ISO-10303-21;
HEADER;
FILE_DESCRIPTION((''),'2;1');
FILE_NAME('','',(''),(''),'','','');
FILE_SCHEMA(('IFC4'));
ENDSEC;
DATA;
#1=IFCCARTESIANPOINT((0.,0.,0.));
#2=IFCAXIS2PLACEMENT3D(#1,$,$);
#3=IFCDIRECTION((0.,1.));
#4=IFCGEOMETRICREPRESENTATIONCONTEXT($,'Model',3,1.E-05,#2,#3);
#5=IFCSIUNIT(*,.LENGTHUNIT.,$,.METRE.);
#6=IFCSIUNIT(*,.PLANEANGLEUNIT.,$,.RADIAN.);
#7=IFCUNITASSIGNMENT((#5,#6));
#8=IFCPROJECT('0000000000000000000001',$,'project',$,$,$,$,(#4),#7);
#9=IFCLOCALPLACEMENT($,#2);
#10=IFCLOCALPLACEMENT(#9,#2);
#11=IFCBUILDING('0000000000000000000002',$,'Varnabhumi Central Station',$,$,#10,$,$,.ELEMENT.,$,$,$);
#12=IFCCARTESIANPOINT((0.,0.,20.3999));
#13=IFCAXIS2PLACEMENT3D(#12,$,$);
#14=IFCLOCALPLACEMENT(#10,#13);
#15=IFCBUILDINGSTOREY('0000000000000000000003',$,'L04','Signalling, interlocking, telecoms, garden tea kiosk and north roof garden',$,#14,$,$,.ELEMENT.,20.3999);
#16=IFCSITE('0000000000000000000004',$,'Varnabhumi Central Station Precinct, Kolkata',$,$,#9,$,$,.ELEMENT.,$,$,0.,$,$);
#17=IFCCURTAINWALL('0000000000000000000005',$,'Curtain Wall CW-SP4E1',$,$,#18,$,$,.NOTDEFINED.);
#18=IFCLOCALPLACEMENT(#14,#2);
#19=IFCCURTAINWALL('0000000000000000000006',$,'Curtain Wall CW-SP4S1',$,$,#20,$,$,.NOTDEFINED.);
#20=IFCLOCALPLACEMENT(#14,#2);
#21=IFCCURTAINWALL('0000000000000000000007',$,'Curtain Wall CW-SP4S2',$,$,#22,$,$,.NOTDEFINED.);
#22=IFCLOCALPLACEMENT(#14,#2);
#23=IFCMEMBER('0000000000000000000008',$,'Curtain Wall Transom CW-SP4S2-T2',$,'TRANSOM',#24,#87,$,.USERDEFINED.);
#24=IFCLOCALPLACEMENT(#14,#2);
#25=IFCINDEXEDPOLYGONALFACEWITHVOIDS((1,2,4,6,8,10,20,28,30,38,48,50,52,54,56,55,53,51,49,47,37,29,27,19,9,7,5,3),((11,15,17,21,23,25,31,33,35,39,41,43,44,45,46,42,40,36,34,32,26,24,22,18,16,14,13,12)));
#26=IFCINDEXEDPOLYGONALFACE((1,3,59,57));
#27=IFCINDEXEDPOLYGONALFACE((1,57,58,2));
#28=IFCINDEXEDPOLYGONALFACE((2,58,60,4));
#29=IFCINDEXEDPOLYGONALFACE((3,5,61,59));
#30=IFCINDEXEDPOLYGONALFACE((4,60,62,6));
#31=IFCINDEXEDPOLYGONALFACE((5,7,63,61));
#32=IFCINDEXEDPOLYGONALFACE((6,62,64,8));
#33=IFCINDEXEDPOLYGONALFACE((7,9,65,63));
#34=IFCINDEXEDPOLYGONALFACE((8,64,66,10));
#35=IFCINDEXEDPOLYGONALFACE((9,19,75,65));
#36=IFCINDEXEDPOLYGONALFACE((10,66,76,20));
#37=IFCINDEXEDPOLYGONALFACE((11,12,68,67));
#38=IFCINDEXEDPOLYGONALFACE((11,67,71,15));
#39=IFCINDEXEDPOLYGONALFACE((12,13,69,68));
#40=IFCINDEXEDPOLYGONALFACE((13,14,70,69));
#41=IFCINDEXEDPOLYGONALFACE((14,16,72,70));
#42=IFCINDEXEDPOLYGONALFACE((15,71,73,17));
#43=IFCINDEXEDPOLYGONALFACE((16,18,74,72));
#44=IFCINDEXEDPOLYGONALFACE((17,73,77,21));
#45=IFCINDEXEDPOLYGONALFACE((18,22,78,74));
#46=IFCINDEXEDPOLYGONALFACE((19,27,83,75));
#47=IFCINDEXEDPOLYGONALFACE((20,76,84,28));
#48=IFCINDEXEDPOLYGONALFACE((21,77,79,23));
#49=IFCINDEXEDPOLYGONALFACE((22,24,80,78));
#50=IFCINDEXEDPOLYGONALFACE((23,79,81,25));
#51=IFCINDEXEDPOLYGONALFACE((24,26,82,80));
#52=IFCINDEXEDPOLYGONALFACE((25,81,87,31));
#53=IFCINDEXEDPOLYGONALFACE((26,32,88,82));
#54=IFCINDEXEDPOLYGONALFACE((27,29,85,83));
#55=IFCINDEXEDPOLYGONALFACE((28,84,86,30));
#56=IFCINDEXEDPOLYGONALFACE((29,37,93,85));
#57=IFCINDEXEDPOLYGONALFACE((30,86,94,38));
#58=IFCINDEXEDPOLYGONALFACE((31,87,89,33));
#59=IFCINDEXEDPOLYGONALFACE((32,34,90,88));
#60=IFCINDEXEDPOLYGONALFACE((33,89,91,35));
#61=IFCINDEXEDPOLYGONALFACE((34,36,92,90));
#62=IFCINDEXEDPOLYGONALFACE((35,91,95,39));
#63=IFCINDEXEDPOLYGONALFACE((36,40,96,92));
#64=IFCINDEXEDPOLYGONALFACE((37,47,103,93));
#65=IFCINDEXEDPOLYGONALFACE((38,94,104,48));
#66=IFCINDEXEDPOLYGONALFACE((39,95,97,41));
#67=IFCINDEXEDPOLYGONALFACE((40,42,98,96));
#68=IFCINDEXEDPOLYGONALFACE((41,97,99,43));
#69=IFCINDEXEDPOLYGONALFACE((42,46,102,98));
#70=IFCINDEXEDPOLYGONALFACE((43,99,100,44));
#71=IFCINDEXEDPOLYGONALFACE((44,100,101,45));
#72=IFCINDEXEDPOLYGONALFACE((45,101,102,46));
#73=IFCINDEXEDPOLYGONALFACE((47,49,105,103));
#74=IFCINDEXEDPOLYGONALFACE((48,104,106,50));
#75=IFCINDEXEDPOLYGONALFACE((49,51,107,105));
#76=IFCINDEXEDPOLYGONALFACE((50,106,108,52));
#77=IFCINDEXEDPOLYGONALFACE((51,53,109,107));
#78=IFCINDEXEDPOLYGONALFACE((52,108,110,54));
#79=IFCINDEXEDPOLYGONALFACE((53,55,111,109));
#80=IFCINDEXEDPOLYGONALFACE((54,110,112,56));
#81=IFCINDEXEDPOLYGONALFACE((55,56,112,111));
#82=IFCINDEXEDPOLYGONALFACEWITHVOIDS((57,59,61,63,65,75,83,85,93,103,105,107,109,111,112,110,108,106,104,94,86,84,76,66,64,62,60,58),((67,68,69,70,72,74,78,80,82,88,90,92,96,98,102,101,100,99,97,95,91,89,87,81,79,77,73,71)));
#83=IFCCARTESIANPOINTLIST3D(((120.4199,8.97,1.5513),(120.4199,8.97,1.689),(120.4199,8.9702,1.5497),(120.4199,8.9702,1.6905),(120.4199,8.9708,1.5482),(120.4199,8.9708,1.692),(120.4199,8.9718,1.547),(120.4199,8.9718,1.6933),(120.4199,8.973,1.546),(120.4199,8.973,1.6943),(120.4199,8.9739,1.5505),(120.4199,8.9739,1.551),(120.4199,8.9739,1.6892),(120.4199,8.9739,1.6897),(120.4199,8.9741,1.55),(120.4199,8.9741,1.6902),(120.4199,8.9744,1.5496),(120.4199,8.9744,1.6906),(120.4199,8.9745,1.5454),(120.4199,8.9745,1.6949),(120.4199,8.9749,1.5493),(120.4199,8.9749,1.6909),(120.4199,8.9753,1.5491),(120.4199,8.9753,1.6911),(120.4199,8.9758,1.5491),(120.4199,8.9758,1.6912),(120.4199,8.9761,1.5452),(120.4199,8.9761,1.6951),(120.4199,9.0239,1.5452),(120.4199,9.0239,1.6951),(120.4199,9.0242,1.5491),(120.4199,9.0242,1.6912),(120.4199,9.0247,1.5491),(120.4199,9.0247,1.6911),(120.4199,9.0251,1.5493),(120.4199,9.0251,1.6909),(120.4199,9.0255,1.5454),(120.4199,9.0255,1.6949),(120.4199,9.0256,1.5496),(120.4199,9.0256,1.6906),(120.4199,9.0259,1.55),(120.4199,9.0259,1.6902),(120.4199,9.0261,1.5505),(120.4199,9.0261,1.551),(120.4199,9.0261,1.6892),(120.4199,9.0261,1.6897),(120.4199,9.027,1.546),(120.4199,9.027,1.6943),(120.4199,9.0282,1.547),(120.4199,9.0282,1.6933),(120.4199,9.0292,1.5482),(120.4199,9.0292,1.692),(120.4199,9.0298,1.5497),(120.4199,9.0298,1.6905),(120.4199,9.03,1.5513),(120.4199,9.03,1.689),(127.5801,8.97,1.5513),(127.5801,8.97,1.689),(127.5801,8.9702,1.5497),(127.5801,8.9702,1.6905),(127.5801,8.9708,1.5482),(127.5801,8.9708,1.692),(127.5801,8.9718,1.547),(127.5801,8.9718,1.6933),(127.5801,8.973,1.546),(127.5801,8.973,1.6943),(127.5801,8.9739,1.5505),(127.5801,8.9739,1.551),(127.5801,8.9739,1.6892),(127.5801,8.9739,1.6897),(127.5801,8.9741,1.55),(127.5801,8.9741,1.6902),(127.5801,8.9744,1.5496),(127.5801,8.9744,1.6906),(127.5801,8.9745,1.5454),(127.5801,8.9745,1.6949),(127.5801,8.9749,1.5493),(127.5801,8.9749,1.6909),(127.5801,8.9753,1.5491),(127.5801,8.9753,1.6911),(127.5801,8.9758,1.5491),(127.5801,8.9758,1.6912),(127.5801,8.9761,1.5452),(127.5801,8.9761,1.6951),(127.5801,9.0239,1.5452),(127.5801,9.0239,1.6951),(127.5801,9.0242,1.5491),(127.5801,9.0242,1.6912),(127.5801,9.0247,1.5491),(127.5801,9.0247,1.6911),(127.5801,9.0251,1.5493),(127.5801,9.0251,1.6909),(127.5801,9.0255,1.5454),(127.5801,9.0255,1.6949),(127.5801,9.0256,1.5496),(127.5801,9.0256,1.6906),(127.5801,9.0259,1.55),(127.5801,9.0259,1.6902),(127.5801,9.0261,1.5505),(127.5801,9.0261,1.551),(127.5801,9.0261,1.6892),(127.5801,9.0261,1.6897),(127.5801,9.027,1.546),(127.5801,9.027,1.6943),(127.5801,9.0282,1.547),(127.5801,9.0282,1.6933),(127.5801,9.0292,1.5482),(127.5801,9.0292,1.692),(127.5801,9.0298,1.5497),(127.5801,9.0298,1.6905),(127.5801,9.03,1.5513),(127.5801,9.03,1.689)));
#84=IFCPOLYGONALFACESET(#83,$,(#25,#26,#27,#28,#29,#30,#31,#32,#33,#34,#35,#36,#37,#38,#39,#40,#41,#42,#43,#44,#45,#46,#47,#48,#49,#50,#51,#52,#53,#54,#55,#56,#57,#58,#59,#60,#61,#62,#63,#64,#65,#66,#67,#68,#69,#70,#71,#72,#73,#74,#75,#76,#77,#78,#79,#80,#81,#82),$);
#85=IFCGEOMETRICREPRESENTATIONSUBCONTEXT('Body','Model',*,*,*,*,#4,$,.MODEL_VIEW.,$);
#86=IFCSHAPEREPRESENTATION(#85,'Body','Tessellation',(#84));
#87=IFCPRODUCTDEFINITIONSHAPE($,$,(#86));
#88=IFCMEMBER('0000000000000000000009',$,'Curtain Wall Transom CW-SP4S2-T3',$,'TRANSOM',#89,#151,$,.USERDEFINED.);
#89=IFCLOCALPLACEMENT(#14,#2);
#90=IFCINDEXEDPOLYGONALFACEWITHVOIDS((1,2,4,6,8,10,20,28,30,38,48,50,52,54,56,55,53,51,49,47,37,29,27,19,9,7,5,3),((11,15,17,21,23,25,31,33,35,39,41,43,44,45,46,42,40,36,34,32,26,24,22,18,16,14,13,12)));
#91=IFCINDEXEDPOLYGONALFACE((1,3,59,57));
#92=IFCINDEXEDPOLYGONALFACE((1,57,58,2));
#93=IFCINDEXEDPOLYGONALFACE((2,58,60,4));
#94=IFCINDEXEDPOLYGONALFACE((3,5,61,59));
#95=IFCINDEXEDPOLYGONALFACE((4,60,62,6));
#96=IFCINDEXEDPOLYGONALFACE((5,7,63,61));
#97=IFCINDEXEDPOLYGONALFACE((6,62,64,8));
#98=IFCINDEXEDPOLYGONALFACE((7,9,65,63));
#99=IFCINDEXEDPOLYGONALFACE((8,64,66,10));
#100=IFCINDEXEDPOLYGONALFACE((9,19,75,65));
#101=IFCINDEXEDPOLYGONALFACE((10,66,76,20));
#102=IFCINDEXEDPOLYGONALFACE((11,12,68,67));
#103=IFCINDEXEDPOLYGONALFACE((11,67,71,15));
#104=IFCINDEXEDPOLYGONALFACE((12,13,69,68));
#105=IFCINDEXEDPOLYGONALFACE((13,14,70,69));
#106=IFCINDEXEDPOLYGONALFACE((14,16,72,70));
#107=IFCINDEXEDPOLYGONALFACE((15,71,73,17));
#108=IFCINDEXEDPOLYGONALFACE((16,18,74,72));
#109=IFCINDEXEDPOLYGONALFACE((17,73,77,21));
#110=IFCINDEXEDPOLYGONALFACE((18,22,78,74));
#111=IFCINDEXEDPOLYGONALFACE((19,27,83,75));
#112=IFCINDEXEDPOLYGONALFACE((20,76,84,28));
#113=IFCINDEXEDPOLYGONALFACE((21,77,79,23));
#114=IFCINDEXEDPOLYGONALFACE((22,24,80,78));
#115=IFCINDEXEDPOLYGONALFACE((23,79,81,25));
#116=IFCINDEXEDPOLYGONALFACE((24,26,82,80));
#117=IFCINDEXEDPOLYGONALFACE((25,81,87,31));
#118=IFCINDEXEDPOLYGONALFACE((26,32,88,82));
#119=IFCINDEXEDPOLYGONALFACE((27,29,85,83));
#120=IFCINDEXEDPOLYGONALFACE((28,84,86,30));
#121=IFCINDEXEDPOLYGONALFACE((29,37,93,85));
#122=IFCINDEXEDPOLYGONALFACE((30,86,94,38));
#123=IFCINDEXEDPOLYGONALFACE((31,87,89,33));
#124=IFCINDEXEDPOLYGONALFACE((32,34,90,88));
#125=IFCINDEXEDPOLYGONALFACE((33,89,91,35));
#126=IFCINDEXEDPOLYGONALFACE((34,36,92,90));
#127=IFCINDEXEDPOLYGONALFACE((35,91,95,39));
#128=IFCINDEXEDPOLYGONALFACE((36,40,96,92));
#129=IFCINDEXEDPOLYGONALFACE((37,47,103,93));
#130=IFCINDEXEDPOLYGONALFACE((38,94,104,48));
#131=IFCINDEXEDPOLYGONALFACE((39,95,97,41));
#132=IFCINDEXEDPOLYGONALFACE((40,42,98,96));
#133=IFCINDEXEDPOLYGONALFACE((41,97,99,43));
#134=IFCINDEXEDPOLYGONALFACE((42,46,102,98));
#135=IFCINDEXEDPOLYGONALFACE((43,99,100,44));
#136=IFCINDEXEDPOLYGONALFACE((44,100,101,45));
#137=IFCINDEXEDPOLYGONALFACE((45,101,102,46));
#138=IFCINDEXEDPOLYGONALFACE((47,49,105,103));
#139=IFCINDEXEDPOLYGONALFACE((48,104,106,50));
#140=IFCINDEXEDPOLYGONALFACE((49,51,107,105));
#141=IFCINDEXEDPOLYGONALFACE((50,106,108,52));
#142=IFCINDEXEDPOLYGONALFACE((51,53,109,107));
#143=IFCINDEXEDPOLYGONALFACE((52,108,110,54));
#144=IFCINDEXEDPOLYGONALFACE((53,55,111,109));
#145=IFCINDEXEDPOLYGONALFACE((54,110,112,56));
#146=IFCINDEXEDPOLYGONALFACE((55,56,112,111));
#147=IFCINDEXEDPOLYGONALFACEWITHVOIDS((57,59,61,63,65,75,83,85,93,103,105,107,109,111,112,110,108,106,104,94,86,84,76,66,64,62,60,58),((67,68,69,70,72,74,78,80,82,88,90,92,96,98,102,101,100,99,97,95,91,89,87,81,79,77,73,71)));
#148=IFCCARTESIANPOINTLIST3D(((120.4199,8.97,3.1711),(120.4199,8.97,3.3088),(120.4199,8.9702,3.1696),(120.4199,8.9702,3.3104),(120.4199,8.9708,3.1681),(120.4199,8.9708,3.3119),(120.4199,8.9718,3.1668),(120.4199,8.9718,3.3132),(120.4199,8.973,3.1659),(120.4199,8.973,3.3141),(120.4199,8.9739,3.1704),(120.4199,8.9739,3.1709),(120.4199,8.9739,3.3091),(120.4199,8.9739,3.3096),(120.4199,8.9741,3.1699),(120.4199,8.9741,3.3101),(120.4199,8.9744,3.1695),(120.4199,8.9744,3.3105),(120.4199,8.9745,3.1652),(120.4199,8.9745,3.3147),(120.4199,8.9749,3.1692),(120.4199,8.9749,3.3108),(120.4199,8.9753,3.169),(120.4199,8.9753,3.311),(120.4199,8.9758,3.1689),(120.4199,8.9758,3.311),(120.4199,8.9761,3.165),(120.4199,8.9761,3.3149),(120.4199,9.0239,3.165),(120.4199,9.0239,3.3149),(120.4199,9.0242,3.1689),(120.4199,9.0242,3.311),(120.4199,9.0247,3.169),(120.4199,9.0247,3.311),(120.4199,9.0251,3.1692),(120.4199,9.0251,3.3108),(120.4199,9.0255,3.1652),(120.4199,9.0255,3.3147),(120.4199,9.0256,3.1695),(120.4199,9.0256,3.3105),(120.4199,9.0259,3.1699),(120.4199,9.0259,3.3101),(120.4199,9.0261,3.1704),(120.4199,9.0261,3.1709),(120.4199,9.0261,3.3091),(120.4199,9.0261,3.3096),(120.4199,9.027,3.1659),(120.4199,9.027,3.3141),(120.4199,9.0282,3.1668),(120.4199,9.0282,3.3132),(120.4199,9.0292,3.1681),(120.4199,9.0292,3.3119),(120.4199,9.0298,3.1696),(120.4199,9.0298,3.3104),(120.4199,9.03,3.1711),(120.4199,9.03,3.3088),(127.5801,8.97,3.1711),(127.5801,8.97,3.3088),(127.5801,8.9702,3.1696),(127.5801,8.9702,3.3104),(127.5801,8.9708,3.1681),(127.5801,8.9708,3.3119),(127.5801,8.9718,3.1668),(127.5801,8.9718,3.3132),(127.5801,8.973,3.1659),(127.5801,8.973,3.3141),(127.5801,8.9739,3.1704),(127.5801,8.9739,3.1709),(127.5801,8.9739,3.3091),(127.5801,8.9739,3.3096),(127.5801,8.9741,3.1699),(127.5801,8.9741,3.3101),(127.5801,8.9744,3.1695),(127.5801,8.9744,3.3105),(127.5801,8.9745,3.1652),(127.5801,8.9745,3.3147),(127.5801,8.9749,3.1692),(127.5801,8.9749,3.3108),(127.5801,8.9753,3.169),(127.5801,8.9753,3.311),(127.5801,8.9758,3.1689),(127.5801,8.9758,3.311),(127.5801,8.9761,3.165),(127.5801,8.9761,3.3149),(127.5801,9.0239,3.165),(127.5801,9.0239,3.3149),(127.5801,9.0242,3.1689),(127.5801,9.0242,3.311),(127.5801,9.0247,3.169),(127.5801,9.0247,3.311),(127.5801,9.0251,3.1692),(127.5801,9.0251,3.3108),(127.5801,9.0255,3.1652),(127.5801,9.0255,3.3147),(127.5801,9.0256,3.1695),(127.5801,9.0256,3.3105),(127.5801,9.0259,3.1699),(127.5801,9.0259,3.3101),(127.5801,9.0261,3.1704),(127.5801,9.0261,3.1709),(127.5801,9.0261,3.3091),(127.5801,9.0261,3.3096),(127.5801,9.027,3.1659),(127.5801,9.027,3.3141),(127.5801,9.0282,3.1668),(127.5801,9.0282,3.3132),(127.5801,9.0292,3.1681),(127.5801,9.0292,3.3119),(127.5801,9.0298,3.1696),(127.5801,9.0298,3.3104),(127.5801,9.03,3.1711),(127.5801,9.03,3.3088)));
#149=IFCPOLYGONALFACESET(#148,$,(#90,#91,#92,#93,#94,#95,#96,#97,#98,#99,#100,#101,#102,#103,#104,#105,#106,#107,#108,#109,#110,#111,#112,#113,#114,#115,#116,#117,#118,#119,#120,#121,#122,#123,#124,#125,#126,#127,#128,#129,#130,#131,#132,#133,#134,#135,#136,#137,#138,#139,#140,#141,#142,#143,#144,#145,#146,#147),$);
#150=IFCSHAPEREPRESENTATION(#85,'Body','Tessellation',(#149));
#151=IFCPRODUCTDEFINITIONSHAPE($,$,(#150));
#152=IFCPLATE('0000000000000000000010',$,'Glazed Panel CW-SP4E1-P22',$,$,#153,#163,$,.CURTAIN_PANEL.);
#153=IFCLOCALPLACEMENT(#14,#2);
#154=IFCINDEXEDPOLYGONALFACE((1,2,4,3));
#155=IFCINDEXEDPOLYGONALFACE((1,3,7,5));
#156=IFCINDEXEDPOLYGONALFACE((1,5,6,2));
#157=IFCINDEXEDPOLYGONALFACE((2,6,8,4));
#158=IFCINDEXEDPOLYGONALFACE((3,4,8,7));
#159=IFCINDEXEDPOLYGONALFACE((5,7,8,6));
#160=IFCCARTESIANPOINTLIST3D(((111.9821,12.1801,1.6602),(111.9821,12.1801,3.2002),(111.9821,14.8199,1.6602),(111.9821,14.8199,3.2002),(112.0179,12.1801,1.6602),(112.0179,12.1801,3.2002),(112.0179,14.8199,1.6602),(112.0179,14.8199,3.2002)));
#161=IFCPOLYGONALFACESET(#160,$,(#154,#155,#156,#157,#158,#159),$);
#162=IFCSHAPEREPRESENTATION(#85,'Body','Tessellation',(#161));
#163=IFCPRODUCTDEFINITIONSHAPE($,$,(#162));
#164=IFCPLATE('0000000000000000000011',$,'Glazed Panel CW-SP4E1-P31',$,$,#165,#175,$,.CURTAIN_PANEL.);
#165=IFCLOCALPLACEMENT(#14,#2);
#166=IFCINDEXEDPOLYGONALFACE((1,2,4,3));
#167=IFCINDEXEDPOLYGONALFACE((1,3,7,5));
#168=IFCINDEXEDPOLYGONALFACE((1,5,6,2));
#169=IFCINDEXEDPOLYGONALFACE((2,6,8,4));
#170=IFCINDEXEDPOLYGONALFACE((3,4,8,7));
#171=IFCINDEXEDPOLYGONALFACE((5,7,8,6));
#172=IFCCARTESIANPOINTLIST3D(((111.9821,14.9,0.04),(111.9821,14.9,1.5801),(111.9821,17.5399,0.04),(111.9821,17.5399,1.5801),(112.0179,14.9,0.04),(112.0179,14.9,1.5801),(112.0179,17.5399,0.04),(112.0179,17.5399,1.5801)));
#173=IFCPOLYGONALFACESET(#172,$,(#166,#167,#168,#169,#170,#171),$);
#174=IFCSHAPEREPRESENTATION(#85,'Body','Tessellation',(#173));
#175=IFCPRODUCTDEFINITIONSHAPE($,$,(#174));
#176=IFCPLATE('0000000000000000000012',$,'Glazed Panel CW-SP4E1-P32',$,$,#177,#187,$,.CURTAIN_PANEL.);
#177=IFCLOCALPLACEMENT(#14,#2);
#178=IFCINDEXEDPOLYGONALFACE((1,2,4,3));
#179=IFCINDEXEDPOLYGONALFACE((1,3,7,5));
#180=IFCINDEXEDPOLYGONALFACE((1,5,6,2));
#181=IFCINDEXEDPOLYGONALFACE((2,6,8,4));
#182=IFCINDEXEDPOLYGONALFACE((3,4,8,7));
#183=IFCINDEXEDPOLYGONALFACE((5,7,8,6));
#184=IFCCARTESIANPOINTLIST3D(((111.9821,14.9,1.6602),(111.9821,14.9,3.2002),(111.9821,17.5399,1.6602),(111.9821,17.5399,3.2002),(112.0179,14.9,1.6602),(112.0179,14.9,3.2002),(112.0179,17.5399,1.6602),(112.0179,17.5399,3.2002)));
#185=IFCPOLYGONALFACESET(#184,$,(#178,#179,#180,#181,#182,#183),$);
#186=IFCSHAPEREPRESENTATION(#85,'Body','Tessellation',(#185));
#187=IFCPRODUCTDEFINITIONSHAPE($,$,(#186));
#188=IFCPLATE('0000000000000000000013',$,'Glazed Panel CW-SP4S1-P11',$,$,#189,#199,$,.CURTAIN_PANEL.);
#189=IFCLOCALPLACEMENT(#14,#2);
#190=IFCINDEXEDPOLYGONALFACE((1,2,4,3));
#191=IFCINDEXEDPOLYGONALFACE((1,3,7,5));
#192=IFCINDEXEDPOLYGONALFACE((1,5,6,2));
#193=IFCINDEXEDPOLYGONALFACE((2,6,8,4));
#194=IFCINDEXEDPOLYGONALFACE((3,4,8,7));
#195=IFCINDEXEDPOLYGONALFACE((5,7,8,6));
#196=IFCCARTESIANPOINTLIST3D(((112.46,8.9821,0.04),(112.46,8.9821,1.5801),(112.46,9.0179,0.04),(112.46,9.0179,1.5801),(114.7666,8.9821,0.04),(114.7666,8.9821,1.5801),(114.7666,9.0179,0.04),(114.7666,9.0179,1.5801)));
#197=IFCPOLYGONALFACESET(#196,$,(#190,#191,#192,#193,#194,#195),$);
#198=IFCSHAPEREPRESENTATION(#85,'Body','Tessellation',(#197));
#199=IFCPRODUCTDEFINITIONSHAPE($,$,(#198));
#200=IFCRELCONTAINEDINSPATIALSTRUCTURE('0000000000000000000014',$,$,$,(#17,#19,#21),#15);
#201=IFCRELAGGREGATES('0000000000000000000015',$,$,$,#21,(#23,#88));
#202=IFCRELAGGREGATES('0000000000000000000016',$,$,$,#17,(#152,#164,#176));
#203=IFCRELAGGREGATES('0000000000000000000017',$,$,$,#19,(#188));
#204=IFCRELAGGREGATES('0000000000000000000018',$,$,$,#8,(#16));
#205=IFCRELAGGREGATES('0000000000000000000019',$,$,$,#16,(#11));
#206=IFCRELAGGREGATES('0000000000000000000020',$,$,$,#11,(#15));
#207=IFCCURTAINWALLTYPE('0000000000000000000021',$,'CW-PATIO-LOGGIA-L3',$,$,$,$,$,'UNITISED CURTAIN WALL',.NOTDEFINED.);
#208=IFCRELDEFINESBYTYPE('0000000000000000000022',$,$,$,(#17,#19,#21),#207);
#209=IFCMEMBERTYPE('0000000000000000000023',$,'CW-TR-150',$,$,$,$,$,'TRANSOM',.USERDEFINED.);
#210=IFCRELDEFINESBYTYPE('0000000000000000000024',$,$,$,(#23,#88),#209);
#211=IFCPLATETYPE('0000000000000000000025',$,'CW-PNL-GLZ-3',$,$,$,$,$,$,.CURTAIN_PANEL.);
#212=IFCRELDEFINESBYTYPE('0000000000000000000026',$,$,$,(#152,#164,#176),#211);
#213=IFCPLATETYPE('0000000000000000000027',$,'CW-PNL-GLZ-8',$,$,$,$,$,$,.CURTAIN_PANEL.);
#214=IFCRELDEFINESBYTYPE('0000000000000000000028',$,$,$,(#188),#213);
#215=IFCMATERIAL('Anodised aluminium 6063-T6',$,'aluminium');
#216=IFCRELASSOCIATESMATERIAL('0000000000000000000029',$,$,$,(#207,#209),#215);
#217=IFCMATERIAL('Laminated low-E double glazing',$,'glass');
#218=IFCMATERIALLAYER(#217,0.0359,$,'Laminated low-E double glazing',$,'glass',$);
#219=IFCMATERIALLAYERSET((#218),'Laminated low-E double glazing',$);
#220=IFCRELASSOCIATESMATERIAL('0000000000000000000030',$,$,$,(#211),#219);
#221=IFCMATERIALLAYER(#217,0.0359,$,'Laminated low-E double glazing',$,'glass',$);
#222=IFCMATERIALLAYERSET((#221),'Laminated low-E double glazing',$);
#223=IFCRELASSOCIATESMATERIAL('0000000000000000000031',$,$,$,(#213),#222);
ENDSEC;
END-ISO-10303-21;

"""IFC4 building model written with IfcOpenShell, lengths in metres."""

from ifc_helpers import new_model, si_unit, direction, frame, origin, origin_2d, place, context, subcontext, project, spatial, rectangle, hollow_rectangle, extrude, material, layer, layer_set, material_profile, profile_set, type_object, element, aggregate, save


model = new_model("IFC4")

# Units and contexts
model_context = context("Model", 3, precision=1e-05, world=origin(), true_north=direction((0.0, 1.0)))
body_context = subcontext(model_context, "Body", "Model", "MODEL_VIEW")
ifc_project = project(units=[si_unit("LENGTHUNIT", "METRE"), si_unit("PLANEANGLEUNIT", "RADIAN")], contexts=[model_context])

# Site, building, storey
site_placement = place(None, origin())
site = spatial("IfcSite", under=ifc_project, at=site_placement, Name="Varnabhumi Central Station Precinct, Kolkata", CompositionType="ELEMENT", RefElevation=0.0)
building_placement = place(site_placement, origin())
building = spatial("IfcBuilding", under=site, at=building_placement, Name="Varnabhumi Central Station", CompositionType="ELEMENT")
storey_placement = place(building_placement, frame((0.0, 0.0, 20.3999)))
storey = spatial("IfcBuildingStorey", under=building, at=storey_placement, Name="L04", Description="Signalling, interlocking, telecoms, garden tea kiosk and north roof garden", CompositionType="ELEMENT", Elevation=20.3999)

# Curtain walls
ifc_material_1 = material(Name="Anodised aluminium 6063-T6", Category="aluminium")
curtain_wall_type = type_object("IfcCurtainWallType", Name="CW-PATIO-LOGGIA-L3", ElementType="UNITISED CURTAIN WALL", PredefinedType="NOTDEFINED", material=ifc_material_1)
curtain_wall_1_placement = place(storey_placement, origin())
curtain_wall_1 = element("IfcCurtainWall", 1, at=curtain_wall_1_placement, inside=storey, type_object=curtain_wall_type, Name="Curtain Wall CW-SP4E1", PredefinedType="NOTDEFINED")
curtain_wall_2_placement = place(storey_placement, origin())
curtain_wall_2 = element("IfcCurtainWall", 2, at=curtain_wall_2_placement, inside=storey, type_object=curtain_wall_type, Name="Curtain Wall CW-SP4S1", PredefinedType="NOTDEFINED")

# Curtain wall
curtain_wall_3_placement = place(storey_placement, origin())
curtain_wall_3 = element("IfcCurtainWall", 3, at=curtain_wall_3_placement, inside=storey, type_object=curtain_wall_type, Name="Curtain Wall CW-SP4S2", PredefinedType="NOTDEFINED")

# Members
ifc_material_profile_1 = material_profile(ifc_material_1, hollow_rectangle(XDim=0.0601, YDim=0.1499, WallThickness=0.0039, InnerFilletRadius=0.002, OuterFilletRadius=0.0061, at=origin_2d()), Name="Anodised aluminium 6063-T6", Category="aluminium")
ifc_profile_set_1 = profile_set([ifc_material_profile_1], Name="Anodised aluminium 6063-T6")
member_type_1 = type_object("IfcMemberType", Name="CW-TR-150", ElementType="TRANSOM", PredefinedType="USERDEFINED", material=ifc_profile_set_1)
member_1_placement = place(storey_placement, frame((120.4199, 9.0, 1.6201), z_axis=(1.0, 0.0, 0.0), x_axis=(0.0, 1.0, 0.0)))
member_1 = element("IfcMember", 4, at=member_1_placement, type_object=member_type_1, Name="Curtain Wall Transom CW-SP4S2-T2", ObjectType="TRANSOM", PredefinedType="USERDEFINED", context=body_context, shape_type="SweptSolid", body=[
    extrude(hollow_rectangle(XDim=0.0601, YDim=0.1499, WallThickness=0.0039, InnerFilletRadius=0.002, OuterFilletRadius=0.0061, at=origin_2d()), origin(), (0.0, 0.0, 1.0), 7.1602),
])
member_2_placement = place(storey_placement, frame((120.4199, 9.0, 3.24), z_axis=(1.0, 0.0, 0.0), x_axis=(0.0, 1.0, 0.0)))
member_2 = element("IfcMember", 5, at=member_2_placement, type_object=member_type_1, Name="Curtain Wall Transom CW-SP4S2-T3", ObjectType="TRANSOM", PredefinedType="USERDEFINED", context=body_context, shape_type="SweptSolid", body=[
    extrude(hollow_rectangle(XDim=0.0601, YDim=0.1499, WallThickness=0.0039, InnerFilletRadius=0.002, OuterFilletRadius=0.0061, at=origin_2d()), origin(), (0.0, 0.0, 1.0), 7.1602),
])
aggregate(curtain_wall_3, [member_1, member_2])

# Plates
ifc_material_2 = material(Name="Laminated low-E double glazing", Category="glass")
ifc_layer_1 = layer(ifc_material_2, 0.0359, Name="Laminated low-E double glazing", Category="glass")
ifc_layer_set_1 = layer_set([ifc_layer_1], Name="Laminated low-E double glazing")
plate_type_1 = type_object("IfcPlateType", Name="CW-PNL-GLZ-3", PredefinedType="CURTAIN_PANEL", material=ifc_layer_set_1)
plate_1_placement = place(storey_placement, frame((112.0, 13.5, 1.6602), z_axis=(0.0, 0.0, 1.0), x_axis=(0.0, 1.0, 0.0)))
plate_1 = element("IfcPlate", 6, at=plate_1_placement, type_object=plate_type_1, Name="Glazed Panel CW-SP4E1-P22", PredefinedType="CURTAIN_PANEL", context=body_context, shape_type="SweptSolid", body=[
    extrude(rectangle(XDim=2.6399, YDim=0.0359, at=origin_2d()), origin(), (0.0, 0.0, 1.0), 1.54),
])
plate_2_placement = place(storey_placement, frame((112.0, 16.22, 0.04), z_axis=(0.0, 0.0, 1.0), x_axis=(0.0, 1.0, 0.0)))
plate_2 = element("IfcPlate", 7, at=plate_2_placement, type_object=plate_type_1, Name="Glazed Panel CW-SP4E1-P31", PredefinedType="CURTAIN_PANEL", context=body_context, shape_type="SweptSolid", body=[
    extrude(rectangle(XDim=2.6399, YDim=0.0359, at=origin_2d()), origin(), (0.0, 0.0, 1.0), 1.54),
])
plate_3_placement = place(storey_placement, frame((112.0, 16.22, 1.6602), z_axis=(0.0, 0.0, 1.0), x_axis=(0.0, 1.0, 0.0)))
plate_3 = element("IfcPlate", 8, at=plate_3_placement, type_object=plate_type_1, Name="Glazed Panel CW-SP4E1-P32", PredefinedType="CURTAIN_PANEL", context=body_context, shape_type="SweptSolid", body=[
    extrude(rectangle(XDim=2.6399, YDim=0.0359, at=origin_2d()), origin(), (0.0, 0.0, 1.0), 1.54),
])
aggregate(curtain_wall_1, [plate_1, plate_2, plate_3])
ifc_layer_2 = layer(ifc_material_2, 0.0359, Name="Laminated low-E double glazing", Category="glass")
ifc_layer_set_2 = layer_set([ifc_layer_2], Name="Laminated low-E double glazing")
plate_type_2 = type_object("IfcPlateType", Name="CW-PNL-GLZ-8", PredefinedType="CURTAIN_PANEL", material=ifc_layer_set_2)
plate_4_placement = place(storey_placement, frame((113.6133, 9.0, 0.04), z_axis=(0.0, 0.0, 1.0), x_axis=(1.0, 0.0, 0.0)))
plate_4 = element("IfcPlate", 9, at=plate_4_placement, type_object=plate_type_2, Name="Glazed Panel CW-SP4S1-P11", PredefinedType="CURTAIN_PANEL", context=body_context, shape_type="SweptSolid", body=[
    extrude(rectangle(XDim=2.3066, YDim=0.0359, at=origin_2d()), origin(), (0.0, 0.0, 1.0), 1.54),
])
aggregate(curtain_wall_2, [plate_4])

save(model, "model.ifc")
